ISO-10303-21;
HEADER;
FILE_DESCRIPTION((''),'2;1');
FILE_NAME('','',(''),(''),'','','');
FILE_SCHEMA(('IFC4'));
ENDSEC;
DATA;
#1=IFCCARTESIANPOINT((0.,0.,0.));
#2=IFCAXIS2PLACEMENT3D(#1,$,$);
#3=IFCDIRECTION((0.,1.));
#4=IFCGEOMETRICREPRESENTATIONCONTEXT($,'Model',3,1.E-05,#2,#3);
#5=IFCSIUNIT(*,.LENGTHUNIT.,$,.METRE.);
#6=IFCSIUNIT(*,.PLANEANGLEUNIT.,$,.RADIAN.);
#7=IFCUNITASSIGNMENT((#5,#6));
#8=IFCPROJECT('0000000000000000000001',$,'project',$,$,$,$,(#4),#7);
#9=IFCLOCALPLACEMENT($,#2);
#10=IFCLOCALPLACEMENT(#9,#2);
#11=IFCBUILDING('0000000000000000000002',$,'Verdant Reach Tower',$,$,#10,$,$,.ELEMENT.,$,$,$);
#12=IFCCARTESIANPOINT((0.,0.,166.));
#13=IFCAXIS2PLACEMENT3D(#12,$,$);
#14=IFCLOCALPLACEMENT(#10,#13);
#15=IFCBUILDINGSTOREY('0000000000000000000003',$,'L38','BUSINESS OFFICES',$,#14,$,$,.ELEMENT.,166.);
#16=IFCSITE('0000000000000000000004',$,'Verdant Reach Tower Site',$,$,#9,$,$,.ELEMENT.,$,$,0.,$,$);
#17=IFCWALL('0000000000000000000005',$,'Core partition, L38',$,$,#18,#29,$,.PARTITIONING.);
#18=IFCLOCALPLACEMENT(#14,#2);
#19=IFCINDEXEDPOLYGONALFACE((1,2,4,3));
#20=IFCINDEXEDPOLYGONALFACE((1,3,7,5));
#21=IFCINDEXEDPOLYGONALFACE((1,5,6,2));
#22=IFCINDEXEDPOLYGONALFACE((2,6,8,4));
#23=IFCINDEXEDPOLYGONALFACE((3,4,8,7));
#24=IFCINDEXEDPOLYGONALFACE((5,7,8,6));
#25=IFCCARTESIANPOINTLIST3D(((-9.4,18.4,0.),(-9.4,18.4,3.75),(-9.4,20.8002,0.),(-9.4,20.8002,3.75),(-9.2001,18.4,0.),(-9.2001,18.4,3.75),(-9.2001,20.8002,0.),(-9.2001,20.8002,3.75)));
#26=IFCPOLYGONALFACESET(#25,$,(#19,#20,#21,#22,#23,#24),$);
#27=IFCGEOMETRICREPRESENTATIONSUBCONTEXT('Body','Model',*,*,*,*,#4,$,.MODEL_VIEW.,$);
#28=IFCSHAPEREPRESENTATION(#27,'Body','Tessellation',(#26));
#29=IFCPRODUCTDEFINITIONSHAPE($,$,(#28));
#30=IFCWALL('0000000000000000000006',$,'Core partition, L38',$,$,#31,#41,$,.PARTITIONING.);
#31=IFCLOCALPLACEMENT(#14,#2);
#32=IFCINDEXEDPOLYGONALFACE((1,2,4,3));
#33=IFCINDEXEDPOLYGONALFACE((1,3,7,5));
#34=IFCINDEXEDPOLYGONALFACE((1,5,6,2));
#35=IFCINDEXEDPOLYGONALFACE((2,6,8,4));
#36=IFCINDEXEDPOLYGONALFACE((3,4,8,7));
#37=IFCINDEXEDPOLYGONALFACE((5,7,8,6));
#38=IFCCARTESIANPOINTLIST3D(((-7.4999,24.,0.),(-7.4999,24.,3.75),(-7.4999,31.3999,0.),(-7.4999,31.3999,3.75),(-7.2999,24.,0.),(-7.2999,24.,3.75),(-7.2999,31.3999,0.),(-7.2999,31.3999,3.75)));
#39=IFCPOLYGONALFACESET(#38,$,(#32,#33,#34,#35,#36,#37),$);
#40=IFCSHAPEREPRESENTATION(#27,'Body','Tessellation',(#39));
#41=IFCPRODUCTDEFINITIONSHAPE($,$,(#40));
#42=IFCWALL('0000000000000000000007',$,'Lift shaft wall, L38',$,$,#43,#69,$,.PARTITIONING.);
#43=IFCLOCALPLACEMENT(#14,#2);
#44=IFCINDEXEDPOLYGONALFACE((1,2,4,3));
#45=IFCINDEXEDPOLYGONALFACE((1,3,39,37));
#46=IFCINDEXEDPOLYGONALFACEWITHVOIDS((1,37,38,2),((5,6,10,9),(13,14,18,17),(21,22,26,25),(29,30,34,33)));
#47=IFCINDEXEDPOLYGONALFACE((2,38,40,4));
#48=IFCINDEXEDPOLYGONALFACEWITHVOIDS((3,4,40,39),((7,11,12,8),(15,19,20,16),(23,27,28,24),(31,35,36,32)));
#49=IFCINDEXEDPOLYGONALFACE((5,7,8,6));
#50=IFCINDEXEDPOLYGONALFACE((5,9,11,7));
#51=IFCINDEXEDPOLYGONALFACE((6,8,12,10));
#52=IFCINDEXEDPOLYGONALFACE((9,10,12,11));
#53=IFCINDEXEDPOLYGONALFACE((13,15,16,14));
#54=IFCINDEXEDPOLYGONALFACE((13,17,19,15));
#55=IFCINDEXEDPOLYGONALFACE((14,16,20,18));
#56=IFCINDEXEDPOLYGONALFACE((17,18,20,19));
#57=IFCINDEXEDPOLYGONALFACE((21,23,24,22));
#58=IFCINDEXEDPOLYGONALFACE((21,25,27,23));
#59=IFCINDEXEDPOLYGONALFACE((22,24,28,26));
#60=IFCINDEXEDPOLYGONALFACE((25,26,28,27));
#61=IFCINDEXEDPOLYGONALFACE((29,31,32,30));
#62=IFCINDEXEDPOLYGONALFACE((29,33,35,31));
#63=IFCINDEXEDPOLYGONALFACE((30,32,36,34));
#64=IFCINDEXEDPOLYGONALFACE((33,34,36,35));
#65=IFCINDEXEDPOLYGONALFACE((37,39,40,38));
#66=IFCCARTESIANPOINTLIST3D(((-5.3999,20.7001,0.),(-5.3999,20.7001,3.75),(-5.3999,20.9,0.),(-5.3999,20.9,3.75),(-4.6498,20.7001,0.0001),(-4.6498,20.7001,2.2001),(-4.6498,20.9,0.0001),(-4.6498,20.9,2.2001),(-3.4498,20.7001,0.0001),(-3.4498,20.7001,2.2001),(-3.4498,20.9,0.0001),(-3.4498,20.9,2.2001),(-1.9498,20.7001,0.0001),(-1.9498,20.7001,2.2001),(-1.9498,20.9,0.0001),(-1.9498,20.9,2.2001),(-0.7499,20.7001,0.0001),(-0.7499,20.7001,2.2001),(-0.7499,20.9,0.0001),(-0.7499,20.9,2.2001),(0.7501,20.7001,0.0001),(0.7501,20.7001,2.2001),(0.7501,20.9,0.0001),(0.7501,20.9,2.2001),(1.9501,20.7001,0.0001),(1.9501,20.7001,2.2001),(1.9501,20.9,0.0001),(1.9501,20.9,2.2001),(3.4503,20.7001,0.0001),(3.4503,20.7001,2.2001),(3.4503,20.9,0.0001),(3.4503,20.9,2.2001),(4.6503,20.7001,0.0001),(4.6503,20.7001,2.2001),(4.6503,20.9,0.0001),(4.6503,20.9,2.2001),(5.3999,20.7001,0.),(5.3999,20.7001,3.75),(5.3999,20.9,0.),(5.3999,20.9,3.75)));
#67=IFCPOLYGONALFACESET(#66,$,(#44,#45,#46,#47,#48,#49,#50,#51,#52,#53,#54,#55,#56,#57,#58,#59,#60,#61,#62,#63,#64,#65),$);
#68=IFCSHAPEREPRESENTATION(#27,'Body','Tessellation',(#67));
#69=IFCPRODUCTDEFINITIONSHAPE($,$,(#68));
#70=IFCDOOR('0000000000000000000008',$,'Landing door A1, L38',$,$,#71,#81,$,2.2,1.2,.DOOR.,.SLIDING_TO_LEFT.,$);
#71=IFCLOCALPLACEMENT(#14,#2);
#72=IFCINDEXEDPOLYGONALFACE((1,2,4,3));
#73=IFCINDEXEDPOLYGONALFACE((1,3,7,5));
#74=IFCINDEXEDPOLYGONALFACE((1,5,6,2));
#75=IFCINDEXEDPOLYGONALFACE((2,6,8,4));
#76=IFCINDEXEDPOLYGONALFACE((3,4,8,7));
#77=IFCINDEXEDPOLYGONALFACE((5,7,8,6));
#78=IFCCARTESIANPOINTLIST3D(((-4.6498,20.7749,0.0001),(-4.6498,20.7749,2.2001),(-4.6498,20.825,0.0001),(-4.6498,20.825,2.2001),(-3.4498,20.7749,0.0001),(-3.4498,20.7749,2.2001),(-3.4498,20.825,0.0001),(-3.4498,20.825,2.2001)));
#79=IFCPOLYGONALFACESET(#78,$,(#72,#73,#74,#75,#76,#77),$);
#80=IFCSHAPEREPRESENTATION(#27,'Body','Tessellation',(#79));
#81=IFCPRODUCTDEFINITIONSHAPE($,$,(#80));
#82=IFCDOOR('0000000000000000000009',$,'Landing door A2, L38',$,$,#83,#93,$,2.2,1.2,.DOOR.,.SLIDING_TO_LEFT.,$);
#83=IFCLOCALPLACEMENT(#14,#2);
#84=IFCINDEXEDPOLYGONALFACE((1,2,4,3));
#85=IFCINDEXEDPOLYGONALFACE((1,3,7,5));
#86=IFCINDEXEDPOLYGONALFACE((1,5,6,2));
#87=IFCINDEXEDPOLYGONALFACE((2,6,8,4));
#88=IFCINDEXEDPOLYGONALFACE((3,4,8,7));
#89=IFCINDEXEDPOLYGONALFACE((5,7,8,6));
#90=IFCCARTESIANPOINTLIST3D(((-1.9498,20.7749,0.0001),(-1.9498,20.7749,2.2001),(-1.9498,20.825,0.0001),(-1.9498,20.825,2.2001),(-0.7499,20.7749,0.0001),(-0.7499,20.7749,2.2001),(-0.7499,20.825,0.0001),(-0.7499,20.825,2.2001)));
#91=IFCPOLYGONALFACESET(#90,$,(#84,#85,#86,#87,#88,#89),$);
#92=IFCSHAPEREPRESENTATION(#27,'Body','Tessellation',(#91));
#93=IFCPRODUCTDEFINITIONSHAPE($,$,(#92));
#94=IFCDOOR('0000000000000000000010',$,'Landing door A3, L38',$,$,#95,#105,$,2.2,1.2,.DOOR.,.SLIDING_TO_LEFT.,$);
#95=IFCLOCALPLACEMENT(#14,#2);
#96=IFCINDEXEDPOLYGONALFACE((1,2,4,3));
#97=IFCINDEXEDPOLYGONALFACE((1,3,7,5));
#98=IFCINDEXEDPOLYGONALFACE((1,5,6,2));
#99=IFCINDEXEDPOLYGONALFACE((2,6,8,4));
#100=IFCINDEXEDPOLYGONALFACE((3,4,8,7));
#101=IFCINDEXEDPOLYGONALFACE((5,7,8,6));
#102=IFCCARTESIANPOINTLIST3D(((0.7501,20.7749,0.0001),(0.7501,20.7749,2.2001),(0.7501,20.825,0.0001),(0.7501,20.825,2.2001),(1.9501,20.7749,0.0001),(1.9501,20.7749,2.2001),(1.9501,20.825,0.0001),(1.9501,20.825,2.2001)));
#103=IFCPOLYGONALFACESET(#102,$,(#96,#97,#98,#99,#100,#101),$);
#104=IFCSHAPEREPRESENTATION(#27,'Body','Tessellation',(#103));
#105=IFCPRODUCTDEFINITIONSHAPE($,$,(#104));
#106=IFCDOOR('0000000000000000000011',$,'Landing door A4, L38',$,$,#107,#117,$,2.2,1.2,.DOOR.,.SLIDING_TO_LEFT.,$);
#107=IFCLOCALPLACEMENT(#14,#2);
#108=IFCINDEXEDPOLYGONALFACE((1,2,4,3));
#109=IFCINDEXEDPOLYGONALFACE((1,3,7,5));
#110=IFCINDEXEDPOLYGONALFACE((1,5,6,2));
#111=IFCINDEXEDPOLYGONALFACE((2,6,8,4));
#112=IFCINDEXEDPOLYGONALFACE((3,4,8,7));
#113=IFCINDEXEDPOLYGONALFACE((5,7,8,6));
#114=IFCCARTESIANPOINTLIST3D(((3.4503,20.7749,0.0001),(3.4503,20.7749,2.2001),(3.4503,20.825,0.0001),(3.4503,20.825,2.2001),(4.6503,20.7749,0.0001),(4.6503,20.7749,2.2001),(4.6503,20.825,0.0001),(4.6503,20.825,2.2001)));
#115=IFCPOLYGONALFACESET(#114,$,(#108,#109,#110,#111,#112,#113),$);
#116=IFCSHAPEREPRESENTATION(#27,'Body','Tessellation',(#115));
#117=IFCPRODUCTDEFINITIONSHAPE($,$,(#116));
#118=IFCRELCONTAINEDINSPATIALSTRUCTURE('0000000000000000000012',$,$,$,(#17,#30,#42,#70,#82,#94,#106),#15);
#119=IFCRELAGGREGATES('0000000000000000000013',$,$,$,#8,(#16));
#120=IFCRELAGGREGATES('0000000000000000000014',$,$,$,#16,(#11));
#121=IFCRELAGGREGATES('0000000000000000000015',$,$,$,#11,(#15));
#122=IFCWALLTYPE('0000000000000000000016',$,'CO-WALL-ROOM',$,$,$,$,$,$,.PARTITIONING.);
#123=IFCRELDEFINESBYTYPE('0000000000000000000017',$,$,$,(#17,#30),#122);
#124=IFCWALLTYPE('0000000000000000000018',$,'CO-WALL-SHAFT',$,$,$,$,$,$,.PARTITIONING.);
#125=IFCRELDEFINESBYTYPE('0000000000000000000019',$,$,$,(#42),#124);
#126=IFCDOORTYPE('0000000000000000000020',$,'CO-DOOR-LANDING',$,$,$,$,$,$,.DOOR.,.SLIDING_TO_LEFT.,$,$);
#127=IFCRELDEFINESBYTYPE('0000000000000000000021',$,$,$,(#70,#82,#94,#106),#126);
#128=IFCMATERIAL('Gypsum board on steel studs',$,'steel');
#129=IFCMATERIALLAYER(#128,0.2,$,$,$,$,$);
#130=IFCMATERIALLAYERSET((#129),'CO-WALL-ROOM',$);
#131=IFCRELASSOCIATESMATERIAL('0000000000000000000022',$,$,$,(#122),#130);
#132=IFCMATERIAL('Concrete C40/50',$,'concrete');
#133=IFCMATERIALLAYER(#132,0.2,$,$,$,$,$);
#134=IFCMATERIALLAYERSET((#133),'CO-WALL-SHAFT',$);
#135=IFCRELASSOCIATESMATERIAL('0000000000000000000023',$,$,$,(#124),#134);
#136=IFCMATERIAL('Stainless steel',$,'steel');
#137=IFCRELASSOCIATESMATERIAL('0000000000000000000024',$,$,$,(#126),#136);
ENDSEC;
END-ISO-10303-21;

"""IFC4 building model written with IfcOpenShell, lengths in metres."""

from ifc_helpers import new_model, si_unit, direction, frame, frame_2d, origin, place, context, subcontext, project, spatial, rectangle, extrude, material, layer, layer_set, type_object, element, fill, save


model = new_model("IFC4")

# Units and contexts
model_context = context("Model", 3, precision=1e-05, world=origin(), true_north=direction((0.0, 1.0)))
body_context = subcontext(model_context, "Body", "Model", "MODEL_VIEW")
ifc_project = project(units=[si_unit("LENGTHUNIT", "METRE"), si_unit("PLANEANGLEUNIT", "RADIAN")], contexts=[model_context])

# Site, building, storey
site_placement = place(None, origin())
site = spatial("IfcSite", under=ifc_project, at=site_placement, Name="Verdant Reach Tower Site", CompositionType="ELEMENT", RefElevation=0.0)
building_placement = place(site_placement, origin())
building = spatial("IfcBuilding", under=site, at=building_placement, Name="Verdant Reach Tower", CompositionType="ELEMENT")
storey_placement = place(building_placement, frame((0.0, 0.0, 166.0)))
storey = spatial("IfcBuildingStorey", under=building, at=storey_placement, Name="L38", Description="BUSINESS OFFICES", CompositionType="ELEMENT", Elevation=166.0)

# Walls
ifc_material_1 = material(Name="Gypsum board on steel studs", Category="steel")
ifc_layer_1 = layer(ifc_material_1, 0.2)
ifc_layer_set_1 = layer_set([ifc_layer_1], Name="CO-WALL-ROOM")
wall_type_1 = type_object("IfcWallType", Name="CO-WALL-ROOM", PredefinedType="PARTITIONING", material=ifc_layer_set_1)
wall_1_placement = place(storey_placement, frame((-9.3, 18.3999, 0.0), z_axis=(0.0, 0.0, 1.0), x_axis=(0.0, 1.0, 0.0)))
element("IfcWall", 1, at=wall_1_placement, inside=storey, type_object=wall_type_1, Name="Core partition, L38", PredefinedType="PARTITIONING", context=body_context, shape_type="SweptSolid", body=[
    extrude(rectangle(XDim=2.4001, YDim=0.2, at=frame_2d((1.2002, 0.0))), origin(), (0.0, 0.0, 1.0), 3.75),
])
wall_2_placement = place(storey_placement, frame((-7.3999, 24.0, 0.0), z_axis=(0.0, 0.0, 1.0), x_axis=(0.0, 1.0, 0.0)))
element("IfcWall", 2, at=wall_2_placement, inside=storey, type_object=wall_type_1, Name="Core partition, L38", PredefinedType="PARTITIONING", context=body_context, shape_type="SweptSolid", body=[
    extrude(rectangle(XDim=7.3999, YDim=0.2, at=frame_2d((3.7, 0.0))), origin(), (0.0, 0.0, 1.0), 3.75),
])

# Wall, openings, doors
ifc_material_2 = material(Name="Concrete C40/50", Category="concrete")
ifc_layer_2 = layer(ifc_material_2, 0.2)
ifc_layer_set_2 = layer_set([ifc_layer_2], Name="CO-WALL-SHAFT")
wall_type_2 = type_object("IfcWallType", Name="CO-WALL-SHAFT", PredefinedType="PARTITIONING", material=ifc_layer_set_2)
wall_3_placement = place(storey_placement, frame((-5.3999, 20.8, 0.0), z_axis=(0.0, 0.0, 1.0), x_axis=(1.0, 0.0, 0.0)))
wall_3 = element("IfcWall", 3, at=wall_3_placement, inside=storey, type_object=wall_type_2, Name="Lift shaft wall, L38", PredefinedType="PARTITIONING", context=body_context, shape_type="SweptSolid", body=[
    extrude(rectangle(XDim=10.7998, YDim=0.2, at=frame_2d((5.3999, 0.0))), origin(), (0.0, 0.0, 1.0), 3.75),
])
opening_1_placement = place(wall_3_placement, frame((0.75, 0.0, 0.0)))
opening_1 = element("IfcOpeningElement", 4, at=opening_1_placement, cuts=wall_3, PredefinedType="OPENING", context=body_context, shape_type="SweptSolid", body=[
    extrude(rectangle(XDim=1.2, YDim=2.2, at=frame_2d((0.6001, 1.1001))), frame((0.0, 0.1099, 0.0), z_axis=(0.0, -1.0, 0.0), x_axis=(1.0, 0.0, 0.0)), (0.0, 0.0, 1.0), 0.22),
])
opening_2_placement = place(wall_3_placement, frame((3.45, 0.0, 0.0)))
opening_2 = element("IfcOpeningElement", 5, at=opening_2_placement, cuts=wall_3, PredefinedType="OPENING", context=body_context, shape_type="SweptSolid", body=[
    extrude(rectangle(XDim=1.2, YDim=2.2, at=frame_2d((0.6001, 1.1001))), frame((0.0, 0.1099, 0.0), z_axis=(0.0, -1.0, 0.0), x_axis=(1.0, 0.0, 0.0)), (0.0, 0.0, 1.0), 0.22),
])
opening_3_placement = place(wall_3_placement, frame((6.1499, 0.0, 0.0)))
opening_3 = element("IfcOpeningElement", 6, at=opening_3_placement, cuts=wall_3, PredefinedType="OPENING", context=body_context, shape_type="SweptSolid", body=[
    extrude(rectangle(XDim=1.2, YDim=2.2, at=frame_2d((0.6001, 1.1001))), frame((0.0, 0.1099, 0.0), z_axis=(0.0, -1.0, 0.0), x_axis=(1.0, 0.0, 0.0)), (0.0, 0.0, 1.0), 0.22),
])
opening_4_placement = place(wall_3_placement, frame((8.8501, 0.0, 0.0)))
opening_4 = element("IfcOpeningElement", 7, at=opening_4_placement, cuts=wall_3, PredefinedType="OPENING", context=body_context, shape_type="SweptSolid", body=[
    extrude(rectangle(XDim=1.2, YDim=2.2, at=frame_2d((0.6001, 1.1001))), frame((0.0, 0.1099, 0.0), z_axis=(0.0, -1.0, 0.0), x_axis=(1.0, 0.0, 0.0)), (0.0, 0.0, 1.0), 0.22),
])
ifc_material_3 = material(Name="Stainless steel", Category="steel")
door_type_1 = type_object("IfcDoorType", Name="CO-DOOR-LANDING", OperationType="SLIDING_TO_LEFT", PredefinedType="DOOR", material=ifc_material_3)
door_1_placement = place(opening_1_placement, origin())
door_1 = element("IfcDoor", 8, at=door_1_placement, inside=storey, type_object=door_type_1, Name="Landing door A1, L38", OperationType="SLIDING_TO_LEFT", OverallHeight=2.2, OverallWidth=1.2, PredefinedType="DOOR", context=body_context, shape_type="SweptSolid", body=[
    extrude(rectangle(XDim=1.2, YDim=2.2, at=frame_2d((0.6001, 1.1001))), frame((0.0, 0.0249, 0.0), z_axis=(0.0, -1.0, 0.0), x_axis=(1.0, 0.0, 0.0)), (0.0, 0.0, 1.0), 0.05),
])
fill(opening_1, door_1)
door_2_placement = place(opening_2_placement, origin())
door_2 = element("IfcDoor", 9, at=door_2_placement, inside=storey, type_object=door_type_1, Name="Landing door A2, L38", OperationType="SLIDING_TO_LEFT", OverallHeight=2.2, OverallWidth=1.2, PredefinedType="DOOR", context=body_context, shape_type="SweptSolid", body=[
    extrude(rectangle(XDim=1.2, YDim=2.2, at=frame_2d((0.6001, 1.1001))), frame((0.0, 0.0249, 0.0), z_axis=(0.0, -1.0, 0.0), x_axis=(1.0, 0.0, 0.0)), (0.0, 0.0, 1.0), 0.05),
])
fill(opening_2, door_2)
door_3_placement = place(opening_3_placement, origin())
door_3 = element("IfcDoor", 10, at=door_3_placement, inside=storey, type_object=door_type_1, Name="Landing door A3, L38", OperationType="SLIDING_TO_LEFT", OverallHeight=2.2, OverallWidth=1.2, PredefinedType="DOOR", context=body_context, shape_type="SweptSolid", body=[
    extrude(rectangle(XDim=1.2, YDim=2.2, at=frame_2d((0.6001, 1.1001))), frame((0.0, 0.0249, 0.0), z_axis=(0.0, -1.0, 0.0), x_axis=(1.0, 0.0, 0.0)), (0.0, 0.0, 1.0), 0.05),
])
fill(opening_3, door_3)
door_4_placement = place(opening_4_placement, origin())
door_4 = element("IfcDoor", 11, at=door_4_placement, inside=storey, type_object=door_type_1, Name="Landing door A4, L38", OperationType="SLIDING_TO_LEFT", OverallHeight=2.2, OverallWidth=1.2, PredefinedType="DOOR", context=body_context, shape_type="SweptSolid", body=[
    extrude(rectangle(XDim=1.2, YDim=2.2, at=frame_2d((0.6001, 1.1001))), frame((0.0, 0.0249, 0.0), z_axis=(0.0, -1.0, 0.0), x_axis=(1.0, 0.0, 0.0)), (0.0, 0.0, 1.0), 0.05),
])
fill(opening_4, door_4)

save(model, "model.ifc")
